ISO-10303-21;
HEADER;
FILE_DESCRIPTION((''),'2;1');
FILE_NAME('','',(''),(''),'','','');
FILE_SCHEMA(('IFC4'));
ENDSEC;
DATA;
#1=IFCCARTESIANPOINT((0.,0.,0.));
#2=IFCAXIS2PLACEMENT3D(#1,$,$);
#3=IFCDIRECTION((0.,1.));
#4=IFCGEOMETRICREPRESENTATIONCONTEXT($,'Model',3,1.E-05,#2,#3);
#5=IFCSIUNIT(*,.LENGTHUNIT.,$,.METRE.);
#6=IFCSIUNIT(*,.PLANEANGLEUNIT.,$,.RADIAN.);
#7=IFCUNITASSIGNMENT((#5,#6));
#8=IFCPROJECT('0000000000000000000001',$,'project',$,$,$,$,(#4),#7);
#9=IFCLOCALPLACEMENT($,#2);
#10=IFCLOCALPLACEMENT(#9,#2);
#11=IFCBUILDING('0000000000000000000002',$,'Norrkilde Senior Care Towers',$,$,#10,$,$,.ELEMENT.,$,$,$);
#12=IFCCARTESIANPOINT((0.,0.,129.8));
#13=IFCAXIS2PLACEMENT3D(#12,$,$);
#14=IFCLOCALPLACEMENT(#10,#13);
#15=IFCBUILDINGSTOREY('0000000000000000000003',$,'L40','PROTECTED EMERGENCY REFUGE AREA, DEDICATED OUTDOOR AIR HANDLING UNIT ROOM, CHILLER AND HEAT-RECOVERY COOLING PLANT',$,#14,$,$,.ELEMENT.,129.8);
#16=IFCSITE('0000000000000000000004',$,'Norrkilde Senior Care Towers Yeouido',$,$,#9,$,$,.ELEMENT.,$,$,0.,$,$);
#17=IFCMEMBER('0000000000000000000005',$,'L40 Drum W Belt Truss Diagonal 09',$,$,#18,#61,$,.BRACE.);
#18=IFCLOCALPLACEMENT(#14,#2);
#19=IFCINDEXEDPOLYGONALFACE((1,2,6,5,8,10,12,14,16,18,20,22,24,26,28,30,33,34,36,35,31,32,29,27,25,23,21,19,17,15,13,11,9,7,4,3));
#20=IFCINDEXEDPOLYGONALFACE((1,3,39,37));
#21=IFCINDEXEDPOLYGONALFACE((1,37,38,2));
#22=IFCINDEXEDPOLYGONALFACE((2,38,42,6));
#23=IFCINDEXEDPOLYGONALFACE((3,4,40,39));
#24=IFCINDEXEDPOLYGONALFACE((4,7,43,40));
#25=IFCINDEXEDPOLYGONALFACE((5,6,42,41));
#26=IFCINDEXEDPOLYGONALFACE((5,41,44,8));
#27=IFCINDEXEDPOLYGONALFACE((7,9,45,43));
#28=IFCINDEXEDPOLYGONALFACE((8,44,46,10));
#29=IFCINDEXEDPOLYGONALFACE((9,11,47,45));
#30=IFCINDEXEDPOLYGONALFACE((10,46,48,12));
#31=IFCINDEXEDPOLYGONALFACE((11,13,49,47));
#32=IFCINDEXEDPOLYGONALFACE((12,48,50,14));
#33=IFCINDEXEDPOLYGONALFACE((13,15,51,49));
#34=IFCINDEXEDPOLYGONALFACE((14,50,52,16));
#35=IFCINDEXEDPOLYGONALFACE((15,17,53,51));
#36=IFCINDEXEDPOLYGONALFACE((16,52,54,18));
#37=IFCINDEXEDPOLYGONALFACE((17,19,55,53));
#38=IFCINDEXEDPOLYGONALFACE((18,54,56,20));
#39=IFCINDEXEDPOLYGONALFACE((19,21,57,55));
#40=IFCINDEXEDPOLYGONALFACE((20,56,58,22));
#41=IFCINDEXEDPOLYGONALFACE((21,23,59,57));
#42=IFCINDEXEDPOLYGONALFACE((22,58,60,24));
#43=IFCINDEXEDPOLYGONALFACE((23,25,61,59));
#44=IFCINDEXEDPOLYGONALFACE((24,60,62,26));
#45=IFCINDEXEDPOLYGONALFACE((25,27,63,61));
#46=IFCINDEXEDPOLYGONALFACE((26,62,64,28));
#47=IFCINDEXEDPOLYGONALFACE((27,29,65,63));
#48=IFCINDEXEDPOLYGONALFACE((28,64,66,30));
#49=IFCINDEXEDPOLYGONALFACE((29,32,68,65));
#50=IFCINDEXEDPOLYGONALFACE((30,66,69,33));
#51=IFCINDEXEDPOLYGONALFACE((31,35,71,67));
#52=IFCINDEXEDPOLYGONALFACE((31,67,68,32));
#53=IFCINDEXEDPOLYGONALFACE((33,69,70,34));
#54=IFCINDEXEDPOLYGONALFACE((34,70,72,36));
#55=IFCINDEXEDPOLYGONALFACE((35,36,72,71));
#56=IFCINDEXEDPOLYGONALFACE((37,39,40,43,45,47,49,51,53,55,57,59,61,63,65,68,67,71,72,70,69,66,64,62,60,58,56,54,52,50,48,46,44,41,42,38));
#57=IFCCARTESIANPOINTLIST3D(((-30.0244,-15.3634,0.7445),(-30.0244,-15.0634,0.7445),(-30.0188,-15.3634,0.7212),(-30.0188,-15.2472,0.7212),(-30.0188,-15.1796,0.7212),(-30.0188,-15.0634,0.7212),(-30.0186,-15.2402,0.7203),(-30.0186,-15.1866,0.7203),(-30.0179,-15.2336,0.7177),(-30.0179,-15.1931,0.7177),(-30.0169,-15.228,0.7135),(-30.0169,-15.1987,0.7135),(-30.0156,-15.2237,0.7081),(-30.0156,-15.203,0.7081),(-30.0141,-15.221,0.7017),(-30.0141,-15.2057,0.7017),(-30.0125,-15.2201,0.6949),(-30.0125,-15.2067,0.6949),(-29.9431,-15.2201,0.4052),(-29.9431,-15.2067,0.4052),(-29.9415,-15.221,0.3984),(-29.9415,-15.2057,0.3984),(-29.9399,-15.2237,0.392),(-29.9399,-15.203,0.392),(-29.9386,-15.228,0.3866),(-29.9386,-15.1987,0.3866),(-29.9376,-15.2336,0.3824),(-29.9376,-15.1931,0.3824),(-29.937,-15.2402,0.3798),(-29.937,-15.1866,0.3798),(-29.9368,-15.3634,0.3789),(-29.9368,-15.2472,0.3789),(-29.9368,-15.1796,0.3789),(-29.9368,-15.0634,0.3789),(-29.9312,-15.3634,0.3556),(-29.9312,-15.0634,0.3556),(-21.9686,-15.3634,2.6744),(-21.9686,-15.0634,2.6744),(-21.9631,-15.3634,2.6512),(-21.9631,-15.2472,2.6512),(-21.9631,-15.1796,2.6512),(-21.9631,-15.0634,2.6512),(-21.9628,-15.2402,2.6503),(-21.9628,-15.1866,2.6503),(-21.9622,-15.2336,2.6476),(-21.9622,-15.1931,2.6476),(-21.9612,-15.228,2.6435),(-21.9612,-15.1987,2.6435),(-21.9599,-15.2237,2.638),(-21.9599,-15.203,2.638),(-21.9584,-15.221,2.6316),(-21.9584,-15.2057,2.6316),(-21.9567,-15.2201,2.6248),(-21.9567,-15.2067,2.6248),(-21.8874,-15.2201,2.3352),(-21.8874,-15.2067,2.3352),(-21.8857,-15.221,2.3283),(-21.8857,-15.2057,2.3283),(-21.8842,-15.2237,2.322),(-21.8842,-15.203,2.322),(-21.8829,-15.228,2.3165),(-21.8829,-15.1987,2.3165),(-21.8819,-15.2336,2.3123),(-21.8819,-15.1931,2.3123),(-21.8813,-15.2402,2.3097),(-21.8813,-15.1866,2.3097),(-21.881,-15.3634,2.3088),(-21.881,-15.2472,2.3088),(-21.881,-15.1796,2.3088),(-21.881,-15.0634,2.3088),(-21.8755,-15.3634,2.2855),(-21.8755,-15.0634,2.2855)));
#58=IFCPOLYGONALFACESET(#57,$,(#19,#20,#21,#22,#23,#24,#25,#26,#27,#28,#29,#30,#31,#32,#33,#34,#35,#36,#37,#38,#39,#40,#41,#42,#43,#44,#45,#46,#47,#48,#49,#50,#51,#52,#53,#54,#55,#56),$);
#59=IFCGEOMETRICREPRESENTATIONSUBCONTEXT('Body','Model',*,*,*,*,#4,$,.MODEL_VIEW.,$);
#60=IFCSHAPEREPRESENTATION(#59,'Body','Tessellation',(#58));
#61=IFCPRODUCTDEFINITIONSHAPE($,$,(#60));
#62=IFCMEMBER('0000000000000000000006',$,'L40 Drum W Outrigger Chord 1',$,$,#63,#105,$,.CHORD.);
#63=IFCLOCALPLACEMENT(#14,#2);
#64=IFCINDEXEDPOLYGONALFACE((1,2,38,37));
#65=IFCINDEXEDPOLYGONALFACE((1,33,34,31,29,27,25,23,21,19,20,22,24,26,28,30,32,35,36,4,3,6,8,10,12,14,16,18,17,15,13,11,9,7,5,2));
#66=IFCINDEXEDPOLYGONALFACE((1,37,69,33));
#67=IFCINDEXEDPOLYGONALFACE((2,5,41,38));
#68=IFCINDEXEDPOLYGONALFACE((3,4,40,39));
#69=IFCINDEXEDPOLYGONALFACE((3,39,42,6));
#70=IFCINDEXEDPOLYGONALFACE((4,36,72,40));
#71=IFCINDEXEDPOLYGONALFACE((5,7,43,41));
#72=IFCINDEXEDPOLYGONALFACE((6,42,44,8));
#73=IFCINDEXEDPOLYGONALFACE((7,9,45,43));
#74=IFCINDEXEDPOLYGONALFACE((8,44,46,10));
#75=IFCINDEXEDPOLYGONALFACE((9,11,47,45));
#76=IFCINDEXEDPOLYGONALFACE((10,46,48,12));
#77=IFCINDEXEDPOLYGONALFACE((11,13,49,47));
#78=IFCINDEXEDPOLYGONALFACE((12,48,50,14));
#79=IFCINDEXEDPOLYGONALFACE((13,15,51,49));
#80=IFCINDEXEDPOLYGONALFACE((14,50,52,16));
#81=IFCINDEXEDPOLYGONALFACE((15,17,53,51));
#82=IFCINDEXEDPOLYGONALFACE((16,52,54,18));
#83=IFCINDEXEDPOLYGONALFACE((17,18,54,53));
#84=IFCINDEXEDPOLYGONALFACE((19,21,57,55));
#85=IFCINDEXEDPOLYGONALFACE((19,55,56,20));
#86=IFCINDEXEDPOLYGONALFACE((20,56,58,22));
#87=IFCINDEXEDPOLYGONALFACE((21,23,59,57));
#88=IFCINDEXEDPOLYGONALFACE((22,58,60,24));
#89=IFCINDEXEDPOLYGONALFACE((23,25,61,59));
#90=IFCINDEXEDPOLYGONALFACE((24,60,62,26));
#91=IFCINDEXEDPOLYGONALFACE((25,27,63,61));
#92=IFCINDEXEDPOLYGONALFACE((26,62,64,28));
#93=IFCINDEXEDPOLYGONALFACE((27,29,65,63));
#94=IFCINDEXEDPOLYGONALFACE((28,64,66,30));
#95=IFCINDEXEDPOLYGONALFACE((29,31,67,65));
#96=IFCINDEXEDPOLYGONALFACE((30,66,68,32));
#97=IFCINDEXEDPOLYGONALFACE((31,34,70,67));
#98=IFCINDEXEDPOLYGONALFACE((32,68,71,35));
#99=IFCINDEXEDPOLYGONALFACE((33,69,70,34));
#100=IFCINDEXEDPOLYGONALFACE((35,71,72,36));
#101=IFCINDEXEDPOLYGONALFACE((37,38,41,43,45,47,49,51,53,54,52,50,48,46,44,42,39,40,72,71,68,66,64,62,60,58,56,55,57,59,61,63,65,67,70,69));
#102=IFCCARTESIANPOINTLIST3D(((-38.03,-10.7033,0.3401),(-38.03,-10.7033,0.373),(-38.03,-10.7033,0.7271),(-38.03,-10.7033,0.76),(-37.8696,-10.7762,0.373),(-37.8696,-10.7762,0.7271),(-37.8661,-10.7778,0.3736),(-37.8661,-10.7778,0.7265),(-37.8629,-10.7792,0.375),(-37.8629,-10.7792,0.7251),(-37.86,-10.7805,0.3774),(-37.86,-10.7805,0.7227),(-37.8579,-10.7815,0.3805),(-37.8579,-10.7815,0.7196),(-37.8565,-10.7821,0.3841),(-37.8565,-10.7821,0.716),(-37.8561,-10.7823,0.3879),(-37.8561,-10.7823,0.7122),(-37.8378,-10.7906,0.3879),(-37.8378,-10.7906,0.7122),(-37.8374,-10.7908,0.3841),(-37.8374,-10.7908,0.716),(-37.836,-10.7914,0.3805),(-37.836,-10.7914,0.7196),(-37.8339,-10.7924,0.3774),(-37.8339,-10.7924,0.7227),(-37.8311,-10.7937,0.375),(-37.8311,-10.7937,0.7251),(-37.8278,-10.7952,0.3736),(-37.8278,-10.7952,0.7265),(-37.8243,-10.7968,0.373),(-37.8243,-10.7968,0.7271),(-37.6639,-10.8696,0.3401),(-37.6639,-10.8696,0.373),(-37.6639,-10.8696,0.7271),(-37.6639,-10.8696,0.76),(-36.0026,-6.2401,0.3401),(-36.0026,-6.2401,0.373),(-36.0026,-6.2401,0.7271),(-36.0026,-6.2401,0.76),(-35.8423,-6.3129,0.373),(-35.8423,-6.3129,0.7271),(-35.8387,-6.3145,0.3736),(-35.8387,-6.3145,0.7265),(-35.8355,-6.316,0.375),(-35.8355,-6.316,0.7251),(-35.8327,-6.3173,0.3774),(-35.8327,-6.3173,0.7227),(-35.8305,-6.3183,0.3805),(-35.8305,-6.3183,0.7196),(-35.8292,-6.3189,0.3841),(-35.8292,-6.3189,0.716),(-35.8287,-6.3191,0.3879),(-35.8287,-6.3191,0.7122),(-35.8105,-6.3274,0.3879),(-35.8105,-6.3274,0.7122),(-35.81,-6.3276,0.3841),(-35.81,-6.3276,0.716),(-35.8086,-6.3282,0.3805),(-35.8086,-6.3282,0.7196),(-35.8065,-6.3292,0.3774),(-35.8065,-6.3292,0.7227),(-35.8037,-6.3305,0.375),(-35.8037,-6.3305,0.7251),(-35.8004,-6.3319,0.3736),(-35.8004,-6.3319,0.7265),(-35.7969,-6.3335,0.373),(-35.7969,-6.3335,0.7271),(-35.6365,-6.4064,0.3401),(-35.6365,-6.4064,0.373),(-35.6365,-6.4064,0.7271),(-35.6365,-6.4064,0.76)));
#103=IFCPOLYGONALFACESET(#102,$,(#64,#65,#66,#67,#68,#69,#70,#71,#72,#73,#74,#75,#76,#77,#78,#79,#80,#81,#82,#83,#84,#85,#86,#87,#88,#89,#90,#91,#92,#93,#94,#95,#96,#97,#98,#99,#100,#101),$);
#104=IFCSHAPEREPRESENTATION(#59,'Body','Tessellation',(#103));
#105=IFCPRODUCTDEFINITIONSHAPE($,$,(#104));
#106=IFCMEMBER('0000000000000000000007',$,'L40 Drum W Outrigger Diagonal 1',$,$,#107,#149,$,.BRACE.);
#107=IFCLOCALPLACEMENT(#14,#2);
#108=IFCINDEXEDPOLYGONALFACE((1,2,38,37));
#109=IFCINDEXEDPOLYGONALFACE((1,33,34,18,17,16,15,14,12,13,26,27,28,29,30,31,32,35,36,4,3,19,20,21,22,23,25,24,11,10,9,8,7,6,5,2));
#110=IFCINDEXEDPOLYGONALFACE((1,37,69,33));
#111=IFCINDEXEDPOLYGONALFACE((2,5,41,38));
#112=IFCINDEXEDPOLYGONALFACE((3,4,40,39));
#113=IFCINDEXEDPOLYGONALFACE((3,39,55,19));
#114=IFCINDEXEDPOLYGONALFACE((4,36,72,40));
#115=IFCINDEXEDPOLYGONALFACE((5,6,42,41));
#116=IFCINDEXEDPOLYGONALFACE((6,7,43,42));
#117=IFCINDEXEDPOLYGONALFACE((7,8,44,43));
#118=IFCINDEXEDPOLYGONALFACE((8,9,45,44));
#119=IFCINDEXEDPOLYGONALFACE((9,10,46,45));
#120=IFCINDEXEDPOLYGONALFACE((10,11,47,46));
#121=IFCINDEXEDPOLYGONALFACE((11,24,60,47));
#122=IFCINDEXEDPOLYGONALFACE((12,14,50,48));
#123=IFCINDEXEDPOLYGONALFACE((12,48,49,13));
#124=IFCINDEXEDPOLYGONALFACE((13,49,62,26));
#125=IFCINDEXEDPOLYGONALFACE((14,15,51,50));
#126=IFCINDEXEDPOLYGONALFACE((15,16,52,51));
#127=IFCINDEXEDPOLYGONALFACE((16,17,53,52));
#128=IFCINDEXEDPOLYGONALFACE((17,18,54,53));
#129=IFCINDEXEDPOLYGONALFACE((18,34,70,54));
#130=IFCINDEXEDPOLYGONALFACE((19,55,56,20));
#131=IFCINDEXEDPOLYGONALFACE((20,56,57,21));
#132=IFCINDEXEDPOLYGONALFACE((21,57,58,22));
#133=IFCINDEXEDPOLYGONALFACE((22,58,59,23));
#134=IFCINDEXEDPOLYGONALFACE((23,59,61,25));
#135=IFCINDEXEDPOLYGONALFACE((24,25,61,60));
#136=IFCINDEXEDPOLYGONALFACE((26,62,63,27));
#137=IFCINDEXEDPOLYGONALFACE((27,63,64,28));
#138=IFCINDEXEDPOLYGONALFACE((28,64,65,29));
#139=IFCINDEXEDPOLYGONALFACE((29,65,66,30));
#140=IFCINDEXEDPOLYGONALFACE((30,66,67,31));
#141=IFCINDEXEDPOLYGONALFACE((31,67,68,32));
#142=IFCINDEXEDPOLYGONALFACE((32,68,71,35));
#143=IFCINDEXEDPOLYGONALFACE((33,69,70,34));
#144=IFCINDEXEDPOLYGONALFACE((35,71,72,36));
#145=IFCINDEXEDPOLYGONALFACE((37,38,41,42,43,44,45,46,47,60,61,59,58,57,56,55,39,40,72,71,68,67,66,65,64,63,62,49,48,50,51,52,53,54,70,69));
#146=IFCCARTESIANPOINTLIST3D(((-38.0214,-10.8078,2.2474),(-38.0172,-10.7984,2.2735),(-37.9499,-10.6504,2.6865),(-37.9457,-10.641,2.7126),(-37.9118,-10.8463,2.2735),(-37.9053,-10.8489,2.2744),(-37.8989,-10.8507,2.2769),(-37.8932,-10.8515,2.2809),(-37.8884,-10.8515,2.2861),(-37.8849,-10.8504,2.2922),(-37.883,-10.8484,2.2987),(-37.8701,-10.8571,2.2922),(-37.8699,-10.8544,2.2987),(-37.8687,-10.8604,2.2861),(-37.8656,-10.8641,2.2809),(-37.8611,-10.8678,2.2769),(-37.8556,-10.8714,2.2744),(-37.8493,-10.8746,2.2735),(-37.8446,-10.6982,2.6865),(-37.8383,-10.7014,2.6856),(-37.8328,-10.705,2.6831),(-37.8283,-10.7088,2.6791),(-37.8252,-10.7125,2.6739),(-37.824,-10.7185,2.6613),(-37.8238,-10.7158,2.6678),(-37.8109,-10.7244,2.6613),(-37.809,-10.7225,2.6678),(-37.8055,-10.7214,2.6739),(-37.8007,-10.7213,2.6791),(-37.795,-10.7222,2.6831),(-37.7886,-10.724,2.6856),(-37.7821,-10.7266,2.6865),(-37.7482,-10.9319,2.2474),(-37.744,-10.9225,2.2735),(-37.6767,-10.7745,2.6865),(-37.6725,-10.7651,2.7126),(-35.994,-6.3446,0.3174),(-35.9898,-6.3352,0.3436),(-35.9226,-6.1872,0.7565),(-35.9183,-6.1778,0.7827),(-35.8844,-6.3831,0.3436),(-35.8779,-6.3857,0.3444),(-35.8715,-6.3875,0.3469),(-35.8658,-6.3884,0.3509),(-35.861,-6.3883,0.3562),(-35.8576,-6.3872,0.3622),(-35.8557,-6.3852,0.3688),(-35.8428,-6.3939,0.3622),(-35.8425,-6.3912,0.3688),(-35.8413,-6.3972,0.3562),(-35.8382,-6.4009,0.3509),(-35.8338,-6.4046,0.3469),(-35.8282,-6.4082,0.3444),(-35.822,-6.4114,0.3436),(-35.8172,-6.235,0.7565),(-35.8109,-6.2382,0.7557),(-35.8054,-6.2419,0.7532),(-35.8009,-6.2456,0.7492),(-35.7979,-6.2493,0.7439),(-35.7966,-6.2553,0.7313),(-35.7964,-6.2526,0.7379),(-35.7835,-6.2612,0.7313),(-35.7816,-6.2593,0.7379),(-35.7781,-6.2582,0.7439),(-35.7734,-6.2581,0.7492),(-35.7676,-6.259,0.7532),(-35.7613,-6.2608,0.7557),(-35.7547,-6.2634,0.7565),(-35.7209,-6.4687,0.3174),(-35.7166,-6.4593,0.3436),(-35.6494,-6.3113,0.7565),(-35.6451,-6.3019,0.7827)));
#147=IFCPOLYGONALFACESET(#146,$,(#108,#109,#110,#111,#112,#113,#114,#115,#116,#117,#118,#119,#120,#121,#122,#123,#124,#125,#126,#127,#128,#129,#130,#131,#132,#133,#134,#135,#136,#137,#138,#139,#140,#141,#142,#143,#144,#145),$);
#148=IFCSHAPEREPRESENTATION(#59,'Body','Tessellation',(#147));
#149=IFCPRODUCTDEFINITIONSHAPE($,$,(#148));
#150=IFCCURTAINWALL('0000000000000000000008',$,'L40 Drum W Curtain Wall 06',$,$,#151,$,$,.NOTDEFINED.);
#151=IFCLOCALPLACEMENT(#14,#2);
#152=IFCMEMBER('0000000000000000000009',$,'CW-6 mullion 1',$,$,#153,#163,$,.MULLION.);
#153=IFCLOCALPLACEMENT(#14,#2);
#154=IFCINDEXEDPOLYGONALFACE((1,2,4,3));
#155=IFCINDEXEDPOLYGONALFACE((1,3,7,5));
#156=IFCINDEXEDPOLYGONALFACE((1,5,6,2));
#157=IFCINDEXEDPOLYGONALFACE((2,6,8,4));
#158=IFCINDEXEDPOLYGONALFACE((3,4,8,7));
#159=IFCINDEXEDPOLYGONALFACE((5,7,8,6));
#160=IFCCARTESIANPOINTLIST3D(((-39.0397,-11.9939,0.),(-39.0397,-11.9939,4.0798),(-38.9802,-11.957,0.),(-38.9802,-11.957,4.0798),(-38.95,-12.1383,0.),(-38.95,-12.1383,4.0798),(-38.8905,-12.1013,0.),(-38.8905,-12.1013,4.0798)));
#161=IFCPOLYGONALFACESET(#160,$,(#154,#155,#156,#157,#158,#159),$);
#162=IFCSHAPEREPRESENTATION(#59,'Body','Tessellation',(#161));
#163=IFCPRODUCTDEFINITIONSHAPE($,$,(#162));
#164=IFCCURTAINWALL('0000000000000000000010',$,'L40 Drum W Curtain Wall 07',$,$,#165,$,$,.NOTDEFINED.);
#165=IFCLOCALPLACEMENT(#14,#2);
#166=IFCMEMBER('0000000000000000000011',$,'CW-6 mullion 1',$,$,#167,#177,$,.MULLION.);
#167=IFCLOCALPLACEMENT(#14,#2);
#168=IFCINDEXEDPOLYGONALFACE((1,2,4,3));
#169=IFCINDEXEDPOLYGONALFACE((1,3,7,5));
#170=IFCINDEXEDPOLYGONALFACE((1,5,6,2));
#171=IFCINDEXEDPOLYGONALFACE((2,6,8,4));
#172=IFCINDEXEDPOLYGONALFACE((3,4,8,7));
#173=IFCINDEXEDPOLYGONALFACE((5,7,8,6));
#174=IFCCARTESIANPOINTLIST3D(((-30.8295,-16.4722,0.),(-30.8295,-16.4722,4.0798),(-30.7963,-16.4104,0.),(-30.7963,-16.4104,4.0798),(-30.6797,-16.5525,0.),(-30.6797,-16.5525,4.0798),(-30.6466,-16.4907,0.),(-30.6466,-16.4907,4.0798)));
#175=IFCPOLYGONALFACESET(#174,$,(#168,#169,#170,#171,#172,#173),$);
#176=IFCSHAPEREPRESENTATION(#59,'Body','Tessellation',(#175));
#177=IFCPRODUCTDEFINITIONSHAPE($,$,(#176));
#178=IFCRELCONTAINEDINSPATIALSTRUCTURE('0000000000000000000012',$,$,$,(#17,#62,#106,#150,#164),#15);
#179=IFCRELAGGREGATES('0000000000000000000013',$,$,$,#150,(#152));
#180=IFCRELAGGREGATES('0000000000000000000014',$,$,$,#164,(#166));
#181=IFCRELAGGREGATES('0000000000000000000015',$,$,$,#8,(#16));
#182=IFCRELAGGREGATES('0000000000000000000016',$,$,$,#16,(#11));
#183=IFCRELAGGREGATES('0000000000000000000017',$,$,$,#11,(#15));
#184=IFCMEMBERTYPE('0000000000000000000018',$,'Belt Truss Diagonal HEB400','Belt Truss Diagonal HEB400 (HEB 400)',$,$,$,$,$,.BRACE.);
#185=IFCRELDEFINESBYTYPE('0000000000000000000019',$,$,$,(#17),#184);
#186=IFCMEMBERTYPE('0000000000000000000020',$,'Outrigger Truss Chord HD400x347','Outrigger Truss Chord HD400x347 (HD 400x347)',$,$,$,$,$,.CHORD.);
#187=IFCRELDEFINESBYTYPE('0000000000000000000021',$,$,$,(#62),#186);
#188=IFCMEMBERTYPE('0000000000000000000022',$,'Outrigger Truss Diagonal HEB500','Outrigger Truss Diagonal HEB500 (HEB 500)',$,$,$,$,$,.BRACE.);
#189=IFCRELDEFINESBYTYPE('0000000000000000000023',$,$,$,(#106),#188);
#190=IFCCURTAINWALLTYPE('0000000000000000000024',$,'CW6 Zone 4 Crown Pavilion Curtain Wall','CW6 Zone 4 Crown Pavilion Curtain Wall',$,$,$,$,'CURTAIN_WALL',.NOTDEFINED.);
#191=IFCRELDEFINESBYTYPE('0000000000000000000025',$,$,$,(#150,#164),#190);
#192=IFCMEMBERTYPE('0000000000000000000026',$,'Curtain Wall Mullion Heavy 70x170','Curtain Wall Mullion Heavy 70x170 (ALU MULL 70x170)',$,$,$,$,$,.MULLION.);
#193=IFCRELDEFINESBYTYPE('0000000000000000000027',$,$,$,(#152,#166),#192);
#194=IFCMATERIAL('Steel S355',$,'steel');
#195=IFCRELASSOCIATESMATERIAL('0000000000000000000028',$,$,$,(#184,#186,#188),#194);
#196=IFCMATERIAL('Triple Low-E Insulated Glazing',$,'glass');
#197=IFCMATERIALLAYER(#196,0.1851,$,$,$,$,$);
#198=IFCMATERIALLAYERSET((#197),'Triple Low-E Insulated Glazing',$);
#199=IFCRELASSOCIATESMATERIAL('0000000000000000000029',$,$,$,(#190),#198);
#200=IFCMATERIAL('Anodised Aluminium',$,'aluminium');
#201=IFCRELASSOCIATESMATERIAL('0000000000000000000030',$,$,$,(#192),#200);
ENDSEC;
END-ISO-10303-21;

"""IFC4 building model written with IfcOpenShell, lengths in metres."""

from ifc_helpers import new_model, si_unit, direction, frame, origin, origin_2d, place, context, subcontext, project, spatial, rectangle, i_section, extrude, source, transform, mapped, material, layer, layer_set, material_profile, profile_set, type_object, type_shapes, element, aggregate, save


model = new_model("IFC4")

# Units and contexts
model_context = context("Model", 3, precision=1e-05, world=origin(), true_north=direction((0.0, 1.0)))
body_context = subcontext(model_context, "Body", "Model", "MODEL_VIEW")
ifc_project = project(units=[si_unit("LENGTHUNIT", "METRE"), si_unit("PLANEANGLEUNIT", "RADIAN")], contexts=[model_context])

# Site, building, storey
site_placement = place(None, origin())
site = spatial("IfcSite", under=ifc_project, at=site_placement, Name="Norrkilde Senior Care Towers Yeouido", CompositionType="ELEMENT", RefElevation=0.0)
building_placement = place(site_placement, origin())
building = spatial("IfcBuilding", under=site, at=building_placement, Name="Norrkilde Senior Care Towers", CompositionType="ELEMENT")
storey_placement = place(building_placement, frame((0.0, 0.0, 129.8)))
storey = spatial("IfcBuildingStorey", under=building, at=storey_placement, Name="L40", Description="PROTECTED EMERGENCY REFUGE AREA, DEDICATED OUTDOOR AIR HANDLING UNIT ROOM, CHILLER AND HEAT-RECOVERY COOLING PLANT", CompositionType="ELEMENT", Elevation=129.8)

# Members
ifc_material_1 = material(Name="Steel S355", Category="steel")
ifc_material_profile_1 = material_profile(ifc_material_1, i_section(OverallWidth=0.3, OverallDepth=0.3999, WebThickness=0.0134, FlangeThickness=0.0239, FilletRadius=0.0271, at=origin_2d()), Name="HEB 400")
ifc_profile_set_1 = profile_set([ifc_material_profile_1], Name="Steel S355")
member_type_1 = type_object("IfcMemberType", Name="Belt Truss Diagonal HEB400", Description="Belt Truss Diagonal HEB400 (HEB 400)", PredefinedType="BRACE", material=ifc_profile_set_1)
shared_shape_1 = source(origin(), body_context, "Body", "SweptSolid", [
    extrude(i_section(OverallWidth=0.3, OverallDepth=0.3999, WebThickness=0.0134, FlangeThickness=0.0239, FilletRadius=0.0271, at=origin_2d()), origin(), (0.0, 0.0, 1.0), 8.2837),
])
member_1_placement = place(storey_placement, frame((-29.9778, -15.2134, 0.55), z_axis=(0.972481, 0.0, 0.232982), x_axis=(0.0, 1.0, 0.0)))
element("IfcMember", 1, at=member_1_placement, inside=storey, type_object=member_type_1, Name="L40 Drum W Belt Truss Diagonal 09", PredefinedType="BRACE", context=body_context, shape_type="MappedRepresentation", body=[
    mapped(shared_shape_1, transform((0.0, 0.0, 0.0), x_axis=(1.0, 0.0, 0.0), y_axis=(0.0, 1.0, 0.0), z_axis=(0.0, 0.0, 1.0), scale=1.0)),
])
ifc_material_profile_2 = material_profile(ifc_material_1, i_section(OverallWidth=0.4021, OverallDepth=0.4199, WebThickness=0.02, FlangeThickness=0.033, FilletRadius=0.0149, at=origin_2d()), Name="HD 400x347")
ifc_profile_set_2 = profile_set([ifc_material_profile_2], Name="Steel S355")
member_type_2 = type_object("IfcMemberType", Name="Outrigger Truss Chord HD400x347", Description="Outrigger Truss Chord HD400x347 (HD 400x347)", PredefinedType="CHORD", material=ifc_profile_set_2)
shared_shape_2 = source(origin(), body_context, "Body", "SweptSolid", [
    extrude(i_section(OverallWidth=0.4021, OverallDepth=0.4199, WebThickness=0.02, FlangeThickness=0.033, FilletRadius=0.0149, at=origin_2d()), origin(), (0.0, 0.0, 1.0), 4.9021),
])
type_shapes(member_type_2, [shared_shape_2])
member_2_placement = place(storey_placement, frame((-35.8196, -6.3232, 0.55), z_axis=(-0.413574, -0.91047, 0.0), x_axis=(0.91047, -0.413574, 0.0)))
element("IfcMember", 2, at=member_2_placement, inside=storey, type_object=member_type_2, Name="L40 Drum W Outrigger Chord 1", PredefinedType="CHORD", context=body_context, shape_type="MappedRepresentation", body=[
    mapped(shared_shape_2, transform((0.0, 0.0, 0.0), x_axis=(1.0, 0.0, 0.0), y_axis=(0.0, 1.0, 0.0), z_axis=(0.0, 0.0, 1.0), scale=1.0)),
])
ifc_material_profile_3 = material_profile(ifc_material_1, i_section(OverallWidth=0.3, OverallDepth=0.5, WebThickness=0.0144, FlangeThickness=0.0281, FilletRadius=0.0271, at=origin_2d()), Name="HEB 500")
ifc_profile_set_3 = profile_set([ifc_material_profile_3], Name="Steel S355")
member_type_3 = type_object("IfcMemberType", Name="Outrigger Truss Diagonal HEB500", Description="Outrigger Truss Diagonal HEB500 (HEB 500)", PredefinedType="BRACE", material=ifc_profile_set_3)
shared_shape_3 = source(origin(), body_context, "Body", "SweptSolid", [
    extrude(i_section(OverallWidth=0.3, OverallDepth=0.5, WebThickness=0.0144, FlangeThickness=0.0281, FilletRadius=0.0271, at=origin_2d()), origin(), (0.0, 0.0, 1.0), 5.2683),
])
type_shapes(member_type_3, [shared_shape_3])
member_3_placement = place(storey_placement, frame((-35.8196, -6.3232, 0.55), z_axis=(-0.384824, -0.847178, 0.366333), x_axis=(0.91047, -0.413574, 0.0)))
element("IfcMember", 3, at=member_3_placement, inside=storey, type_object=member_type_3, Name="L40 Drum W Outrigger Diagonal 1", PredefinedType="BRACE", context=body_context, shape_type="MappedRepresentation", body=[
    mapped(shared_shape_3, transform((0.0, 0.0, 0.0), x_axis=(1.0, 0.0, 0.0), y_axis=(0.0, 1.0, 0.0), z_axis=(0.0, 0.0, 1.0), scale=1.0)),
])

# Curtain wall, member
ifc_material_2 = material(Name="Triple Low-E Insulated Glazing", Category="glass")
ifc_layer_1 = layer(ifc_material_2, 0.1851)
ifc_layer_set_1 = layer_set([ifc_layer_1], Name="Triple Low-E Insulated Glazing")
curtain_wall_type = type_object("IfcCurtainWallType", Name="CW6 Zone 4 Crown Pavilion Curtain Wall", Description="CW6 Zone 4 Crown Pavilion Curtain Wall", ElementType="CURTAIN_WALL", PredefinedType="NOTDEFINED", material=ifc_layer_set_1)
curtain_wall_1_placement = place(storey_placement, origin())
curtain_wall_1 = element("IfcCurtainWall", 4, at=curtain_wall_1_placement, inside=storey, type_object=curtain_wall_type, Name="L40 Drum W Curtain Wall 06", PredefinedType="NOTDEFINED")
ifc_material_3 = material(Name="Anodised Aluminium", Category="aluminium")
ifc_material_profile_4 = material_profile(ifc_material_3, rectangle(XDim=0.0701, YDim=0.1699, at=origin_2d()), Name="ALU MULL 70x170")
ifc_profile_set_4 = profile_set([ifc_material_profile_4], Name="Anodised Aluminium")
member_type_4 = type_object("IfcMemberType", Name="Curtain Wall Mullion Heavy 70x170", Description="Curtain Wall Mullion Heavy 70x170 (ALU MULL 70x170)", PredefinedType="MULLION", material=ifc_profile_set_4)
shared_shape_4 = source(origin(), body_context, "Body", "SweptSolid", [
    extrude(rectangle(XDim=0.0701, YDim=0.1699, at=origin_2d()), origin(), (0.0, 0.0, 1.0), 4.0798),
])
type_shapes(member_type_4, [shared_shape_4])
member_4_placement = place(storey_placement, frame((-38.9651, -12.0476, 0.0), z_axis=(0.0, 0.0, 1.0), x_axis=(-0.84941, -0.527733, 0.0)))
member_4 = element("IfcMember", 5, at=member_4_placement, type_object=member_type_4, Name="CW-6 mullion 1", PredefinedType="MULLION", context=body_context, shape_type="MappedRepresentation", body=[
    mapped(shared_shape_4, transform((0.0, 0.0, 0.0), x_axis=(1.0, 0.0, 0.0), y_axis=(0.0, 1.0, 0.0), z_axis=(0.0, 0.0, 1.0), scale=1.0)),
])

# Curtain wall, member
curtain_wall_2_placement = place(storey_placement, origin())
curtain_wall_2 = element("IfcCurtainWall", 6, at=curtain_wall_2_placement, inside=storey, type_object=curtain_wall_type, Name="L40 Drum W Curtain Wall 07", PredefinedType="NOTDEFINED")
member_5_placement = place(storey_placement, frame((-30.738, -16.4814, 0.0), z_axis=(0.0, 0.0, 1.0), x_axis=(-0.472769, -0.881186, 0.0)))
member_5 = element("IfcMember", 7, at=member_5_placement, type_object=member_type_4, Name="CW-6 mullion 1", PredefinedType="MULLION", context=body_context, shape_type="MappedRepresentation", body=[
    mapped(shared_shape_4, transform((0.0, 0.0, 0.0), x_axis=(1.0, 0.0, 0.0), y_axis=(0.0, 1.0, 0.0), z_axis=(0.0, 0.0, 1.0), scale=1.0)),
])

aggregate(curtain_wall_1, [member_4])
aggregate(curtain_wall_2, [member_5])

save(model, "model.ifc")
